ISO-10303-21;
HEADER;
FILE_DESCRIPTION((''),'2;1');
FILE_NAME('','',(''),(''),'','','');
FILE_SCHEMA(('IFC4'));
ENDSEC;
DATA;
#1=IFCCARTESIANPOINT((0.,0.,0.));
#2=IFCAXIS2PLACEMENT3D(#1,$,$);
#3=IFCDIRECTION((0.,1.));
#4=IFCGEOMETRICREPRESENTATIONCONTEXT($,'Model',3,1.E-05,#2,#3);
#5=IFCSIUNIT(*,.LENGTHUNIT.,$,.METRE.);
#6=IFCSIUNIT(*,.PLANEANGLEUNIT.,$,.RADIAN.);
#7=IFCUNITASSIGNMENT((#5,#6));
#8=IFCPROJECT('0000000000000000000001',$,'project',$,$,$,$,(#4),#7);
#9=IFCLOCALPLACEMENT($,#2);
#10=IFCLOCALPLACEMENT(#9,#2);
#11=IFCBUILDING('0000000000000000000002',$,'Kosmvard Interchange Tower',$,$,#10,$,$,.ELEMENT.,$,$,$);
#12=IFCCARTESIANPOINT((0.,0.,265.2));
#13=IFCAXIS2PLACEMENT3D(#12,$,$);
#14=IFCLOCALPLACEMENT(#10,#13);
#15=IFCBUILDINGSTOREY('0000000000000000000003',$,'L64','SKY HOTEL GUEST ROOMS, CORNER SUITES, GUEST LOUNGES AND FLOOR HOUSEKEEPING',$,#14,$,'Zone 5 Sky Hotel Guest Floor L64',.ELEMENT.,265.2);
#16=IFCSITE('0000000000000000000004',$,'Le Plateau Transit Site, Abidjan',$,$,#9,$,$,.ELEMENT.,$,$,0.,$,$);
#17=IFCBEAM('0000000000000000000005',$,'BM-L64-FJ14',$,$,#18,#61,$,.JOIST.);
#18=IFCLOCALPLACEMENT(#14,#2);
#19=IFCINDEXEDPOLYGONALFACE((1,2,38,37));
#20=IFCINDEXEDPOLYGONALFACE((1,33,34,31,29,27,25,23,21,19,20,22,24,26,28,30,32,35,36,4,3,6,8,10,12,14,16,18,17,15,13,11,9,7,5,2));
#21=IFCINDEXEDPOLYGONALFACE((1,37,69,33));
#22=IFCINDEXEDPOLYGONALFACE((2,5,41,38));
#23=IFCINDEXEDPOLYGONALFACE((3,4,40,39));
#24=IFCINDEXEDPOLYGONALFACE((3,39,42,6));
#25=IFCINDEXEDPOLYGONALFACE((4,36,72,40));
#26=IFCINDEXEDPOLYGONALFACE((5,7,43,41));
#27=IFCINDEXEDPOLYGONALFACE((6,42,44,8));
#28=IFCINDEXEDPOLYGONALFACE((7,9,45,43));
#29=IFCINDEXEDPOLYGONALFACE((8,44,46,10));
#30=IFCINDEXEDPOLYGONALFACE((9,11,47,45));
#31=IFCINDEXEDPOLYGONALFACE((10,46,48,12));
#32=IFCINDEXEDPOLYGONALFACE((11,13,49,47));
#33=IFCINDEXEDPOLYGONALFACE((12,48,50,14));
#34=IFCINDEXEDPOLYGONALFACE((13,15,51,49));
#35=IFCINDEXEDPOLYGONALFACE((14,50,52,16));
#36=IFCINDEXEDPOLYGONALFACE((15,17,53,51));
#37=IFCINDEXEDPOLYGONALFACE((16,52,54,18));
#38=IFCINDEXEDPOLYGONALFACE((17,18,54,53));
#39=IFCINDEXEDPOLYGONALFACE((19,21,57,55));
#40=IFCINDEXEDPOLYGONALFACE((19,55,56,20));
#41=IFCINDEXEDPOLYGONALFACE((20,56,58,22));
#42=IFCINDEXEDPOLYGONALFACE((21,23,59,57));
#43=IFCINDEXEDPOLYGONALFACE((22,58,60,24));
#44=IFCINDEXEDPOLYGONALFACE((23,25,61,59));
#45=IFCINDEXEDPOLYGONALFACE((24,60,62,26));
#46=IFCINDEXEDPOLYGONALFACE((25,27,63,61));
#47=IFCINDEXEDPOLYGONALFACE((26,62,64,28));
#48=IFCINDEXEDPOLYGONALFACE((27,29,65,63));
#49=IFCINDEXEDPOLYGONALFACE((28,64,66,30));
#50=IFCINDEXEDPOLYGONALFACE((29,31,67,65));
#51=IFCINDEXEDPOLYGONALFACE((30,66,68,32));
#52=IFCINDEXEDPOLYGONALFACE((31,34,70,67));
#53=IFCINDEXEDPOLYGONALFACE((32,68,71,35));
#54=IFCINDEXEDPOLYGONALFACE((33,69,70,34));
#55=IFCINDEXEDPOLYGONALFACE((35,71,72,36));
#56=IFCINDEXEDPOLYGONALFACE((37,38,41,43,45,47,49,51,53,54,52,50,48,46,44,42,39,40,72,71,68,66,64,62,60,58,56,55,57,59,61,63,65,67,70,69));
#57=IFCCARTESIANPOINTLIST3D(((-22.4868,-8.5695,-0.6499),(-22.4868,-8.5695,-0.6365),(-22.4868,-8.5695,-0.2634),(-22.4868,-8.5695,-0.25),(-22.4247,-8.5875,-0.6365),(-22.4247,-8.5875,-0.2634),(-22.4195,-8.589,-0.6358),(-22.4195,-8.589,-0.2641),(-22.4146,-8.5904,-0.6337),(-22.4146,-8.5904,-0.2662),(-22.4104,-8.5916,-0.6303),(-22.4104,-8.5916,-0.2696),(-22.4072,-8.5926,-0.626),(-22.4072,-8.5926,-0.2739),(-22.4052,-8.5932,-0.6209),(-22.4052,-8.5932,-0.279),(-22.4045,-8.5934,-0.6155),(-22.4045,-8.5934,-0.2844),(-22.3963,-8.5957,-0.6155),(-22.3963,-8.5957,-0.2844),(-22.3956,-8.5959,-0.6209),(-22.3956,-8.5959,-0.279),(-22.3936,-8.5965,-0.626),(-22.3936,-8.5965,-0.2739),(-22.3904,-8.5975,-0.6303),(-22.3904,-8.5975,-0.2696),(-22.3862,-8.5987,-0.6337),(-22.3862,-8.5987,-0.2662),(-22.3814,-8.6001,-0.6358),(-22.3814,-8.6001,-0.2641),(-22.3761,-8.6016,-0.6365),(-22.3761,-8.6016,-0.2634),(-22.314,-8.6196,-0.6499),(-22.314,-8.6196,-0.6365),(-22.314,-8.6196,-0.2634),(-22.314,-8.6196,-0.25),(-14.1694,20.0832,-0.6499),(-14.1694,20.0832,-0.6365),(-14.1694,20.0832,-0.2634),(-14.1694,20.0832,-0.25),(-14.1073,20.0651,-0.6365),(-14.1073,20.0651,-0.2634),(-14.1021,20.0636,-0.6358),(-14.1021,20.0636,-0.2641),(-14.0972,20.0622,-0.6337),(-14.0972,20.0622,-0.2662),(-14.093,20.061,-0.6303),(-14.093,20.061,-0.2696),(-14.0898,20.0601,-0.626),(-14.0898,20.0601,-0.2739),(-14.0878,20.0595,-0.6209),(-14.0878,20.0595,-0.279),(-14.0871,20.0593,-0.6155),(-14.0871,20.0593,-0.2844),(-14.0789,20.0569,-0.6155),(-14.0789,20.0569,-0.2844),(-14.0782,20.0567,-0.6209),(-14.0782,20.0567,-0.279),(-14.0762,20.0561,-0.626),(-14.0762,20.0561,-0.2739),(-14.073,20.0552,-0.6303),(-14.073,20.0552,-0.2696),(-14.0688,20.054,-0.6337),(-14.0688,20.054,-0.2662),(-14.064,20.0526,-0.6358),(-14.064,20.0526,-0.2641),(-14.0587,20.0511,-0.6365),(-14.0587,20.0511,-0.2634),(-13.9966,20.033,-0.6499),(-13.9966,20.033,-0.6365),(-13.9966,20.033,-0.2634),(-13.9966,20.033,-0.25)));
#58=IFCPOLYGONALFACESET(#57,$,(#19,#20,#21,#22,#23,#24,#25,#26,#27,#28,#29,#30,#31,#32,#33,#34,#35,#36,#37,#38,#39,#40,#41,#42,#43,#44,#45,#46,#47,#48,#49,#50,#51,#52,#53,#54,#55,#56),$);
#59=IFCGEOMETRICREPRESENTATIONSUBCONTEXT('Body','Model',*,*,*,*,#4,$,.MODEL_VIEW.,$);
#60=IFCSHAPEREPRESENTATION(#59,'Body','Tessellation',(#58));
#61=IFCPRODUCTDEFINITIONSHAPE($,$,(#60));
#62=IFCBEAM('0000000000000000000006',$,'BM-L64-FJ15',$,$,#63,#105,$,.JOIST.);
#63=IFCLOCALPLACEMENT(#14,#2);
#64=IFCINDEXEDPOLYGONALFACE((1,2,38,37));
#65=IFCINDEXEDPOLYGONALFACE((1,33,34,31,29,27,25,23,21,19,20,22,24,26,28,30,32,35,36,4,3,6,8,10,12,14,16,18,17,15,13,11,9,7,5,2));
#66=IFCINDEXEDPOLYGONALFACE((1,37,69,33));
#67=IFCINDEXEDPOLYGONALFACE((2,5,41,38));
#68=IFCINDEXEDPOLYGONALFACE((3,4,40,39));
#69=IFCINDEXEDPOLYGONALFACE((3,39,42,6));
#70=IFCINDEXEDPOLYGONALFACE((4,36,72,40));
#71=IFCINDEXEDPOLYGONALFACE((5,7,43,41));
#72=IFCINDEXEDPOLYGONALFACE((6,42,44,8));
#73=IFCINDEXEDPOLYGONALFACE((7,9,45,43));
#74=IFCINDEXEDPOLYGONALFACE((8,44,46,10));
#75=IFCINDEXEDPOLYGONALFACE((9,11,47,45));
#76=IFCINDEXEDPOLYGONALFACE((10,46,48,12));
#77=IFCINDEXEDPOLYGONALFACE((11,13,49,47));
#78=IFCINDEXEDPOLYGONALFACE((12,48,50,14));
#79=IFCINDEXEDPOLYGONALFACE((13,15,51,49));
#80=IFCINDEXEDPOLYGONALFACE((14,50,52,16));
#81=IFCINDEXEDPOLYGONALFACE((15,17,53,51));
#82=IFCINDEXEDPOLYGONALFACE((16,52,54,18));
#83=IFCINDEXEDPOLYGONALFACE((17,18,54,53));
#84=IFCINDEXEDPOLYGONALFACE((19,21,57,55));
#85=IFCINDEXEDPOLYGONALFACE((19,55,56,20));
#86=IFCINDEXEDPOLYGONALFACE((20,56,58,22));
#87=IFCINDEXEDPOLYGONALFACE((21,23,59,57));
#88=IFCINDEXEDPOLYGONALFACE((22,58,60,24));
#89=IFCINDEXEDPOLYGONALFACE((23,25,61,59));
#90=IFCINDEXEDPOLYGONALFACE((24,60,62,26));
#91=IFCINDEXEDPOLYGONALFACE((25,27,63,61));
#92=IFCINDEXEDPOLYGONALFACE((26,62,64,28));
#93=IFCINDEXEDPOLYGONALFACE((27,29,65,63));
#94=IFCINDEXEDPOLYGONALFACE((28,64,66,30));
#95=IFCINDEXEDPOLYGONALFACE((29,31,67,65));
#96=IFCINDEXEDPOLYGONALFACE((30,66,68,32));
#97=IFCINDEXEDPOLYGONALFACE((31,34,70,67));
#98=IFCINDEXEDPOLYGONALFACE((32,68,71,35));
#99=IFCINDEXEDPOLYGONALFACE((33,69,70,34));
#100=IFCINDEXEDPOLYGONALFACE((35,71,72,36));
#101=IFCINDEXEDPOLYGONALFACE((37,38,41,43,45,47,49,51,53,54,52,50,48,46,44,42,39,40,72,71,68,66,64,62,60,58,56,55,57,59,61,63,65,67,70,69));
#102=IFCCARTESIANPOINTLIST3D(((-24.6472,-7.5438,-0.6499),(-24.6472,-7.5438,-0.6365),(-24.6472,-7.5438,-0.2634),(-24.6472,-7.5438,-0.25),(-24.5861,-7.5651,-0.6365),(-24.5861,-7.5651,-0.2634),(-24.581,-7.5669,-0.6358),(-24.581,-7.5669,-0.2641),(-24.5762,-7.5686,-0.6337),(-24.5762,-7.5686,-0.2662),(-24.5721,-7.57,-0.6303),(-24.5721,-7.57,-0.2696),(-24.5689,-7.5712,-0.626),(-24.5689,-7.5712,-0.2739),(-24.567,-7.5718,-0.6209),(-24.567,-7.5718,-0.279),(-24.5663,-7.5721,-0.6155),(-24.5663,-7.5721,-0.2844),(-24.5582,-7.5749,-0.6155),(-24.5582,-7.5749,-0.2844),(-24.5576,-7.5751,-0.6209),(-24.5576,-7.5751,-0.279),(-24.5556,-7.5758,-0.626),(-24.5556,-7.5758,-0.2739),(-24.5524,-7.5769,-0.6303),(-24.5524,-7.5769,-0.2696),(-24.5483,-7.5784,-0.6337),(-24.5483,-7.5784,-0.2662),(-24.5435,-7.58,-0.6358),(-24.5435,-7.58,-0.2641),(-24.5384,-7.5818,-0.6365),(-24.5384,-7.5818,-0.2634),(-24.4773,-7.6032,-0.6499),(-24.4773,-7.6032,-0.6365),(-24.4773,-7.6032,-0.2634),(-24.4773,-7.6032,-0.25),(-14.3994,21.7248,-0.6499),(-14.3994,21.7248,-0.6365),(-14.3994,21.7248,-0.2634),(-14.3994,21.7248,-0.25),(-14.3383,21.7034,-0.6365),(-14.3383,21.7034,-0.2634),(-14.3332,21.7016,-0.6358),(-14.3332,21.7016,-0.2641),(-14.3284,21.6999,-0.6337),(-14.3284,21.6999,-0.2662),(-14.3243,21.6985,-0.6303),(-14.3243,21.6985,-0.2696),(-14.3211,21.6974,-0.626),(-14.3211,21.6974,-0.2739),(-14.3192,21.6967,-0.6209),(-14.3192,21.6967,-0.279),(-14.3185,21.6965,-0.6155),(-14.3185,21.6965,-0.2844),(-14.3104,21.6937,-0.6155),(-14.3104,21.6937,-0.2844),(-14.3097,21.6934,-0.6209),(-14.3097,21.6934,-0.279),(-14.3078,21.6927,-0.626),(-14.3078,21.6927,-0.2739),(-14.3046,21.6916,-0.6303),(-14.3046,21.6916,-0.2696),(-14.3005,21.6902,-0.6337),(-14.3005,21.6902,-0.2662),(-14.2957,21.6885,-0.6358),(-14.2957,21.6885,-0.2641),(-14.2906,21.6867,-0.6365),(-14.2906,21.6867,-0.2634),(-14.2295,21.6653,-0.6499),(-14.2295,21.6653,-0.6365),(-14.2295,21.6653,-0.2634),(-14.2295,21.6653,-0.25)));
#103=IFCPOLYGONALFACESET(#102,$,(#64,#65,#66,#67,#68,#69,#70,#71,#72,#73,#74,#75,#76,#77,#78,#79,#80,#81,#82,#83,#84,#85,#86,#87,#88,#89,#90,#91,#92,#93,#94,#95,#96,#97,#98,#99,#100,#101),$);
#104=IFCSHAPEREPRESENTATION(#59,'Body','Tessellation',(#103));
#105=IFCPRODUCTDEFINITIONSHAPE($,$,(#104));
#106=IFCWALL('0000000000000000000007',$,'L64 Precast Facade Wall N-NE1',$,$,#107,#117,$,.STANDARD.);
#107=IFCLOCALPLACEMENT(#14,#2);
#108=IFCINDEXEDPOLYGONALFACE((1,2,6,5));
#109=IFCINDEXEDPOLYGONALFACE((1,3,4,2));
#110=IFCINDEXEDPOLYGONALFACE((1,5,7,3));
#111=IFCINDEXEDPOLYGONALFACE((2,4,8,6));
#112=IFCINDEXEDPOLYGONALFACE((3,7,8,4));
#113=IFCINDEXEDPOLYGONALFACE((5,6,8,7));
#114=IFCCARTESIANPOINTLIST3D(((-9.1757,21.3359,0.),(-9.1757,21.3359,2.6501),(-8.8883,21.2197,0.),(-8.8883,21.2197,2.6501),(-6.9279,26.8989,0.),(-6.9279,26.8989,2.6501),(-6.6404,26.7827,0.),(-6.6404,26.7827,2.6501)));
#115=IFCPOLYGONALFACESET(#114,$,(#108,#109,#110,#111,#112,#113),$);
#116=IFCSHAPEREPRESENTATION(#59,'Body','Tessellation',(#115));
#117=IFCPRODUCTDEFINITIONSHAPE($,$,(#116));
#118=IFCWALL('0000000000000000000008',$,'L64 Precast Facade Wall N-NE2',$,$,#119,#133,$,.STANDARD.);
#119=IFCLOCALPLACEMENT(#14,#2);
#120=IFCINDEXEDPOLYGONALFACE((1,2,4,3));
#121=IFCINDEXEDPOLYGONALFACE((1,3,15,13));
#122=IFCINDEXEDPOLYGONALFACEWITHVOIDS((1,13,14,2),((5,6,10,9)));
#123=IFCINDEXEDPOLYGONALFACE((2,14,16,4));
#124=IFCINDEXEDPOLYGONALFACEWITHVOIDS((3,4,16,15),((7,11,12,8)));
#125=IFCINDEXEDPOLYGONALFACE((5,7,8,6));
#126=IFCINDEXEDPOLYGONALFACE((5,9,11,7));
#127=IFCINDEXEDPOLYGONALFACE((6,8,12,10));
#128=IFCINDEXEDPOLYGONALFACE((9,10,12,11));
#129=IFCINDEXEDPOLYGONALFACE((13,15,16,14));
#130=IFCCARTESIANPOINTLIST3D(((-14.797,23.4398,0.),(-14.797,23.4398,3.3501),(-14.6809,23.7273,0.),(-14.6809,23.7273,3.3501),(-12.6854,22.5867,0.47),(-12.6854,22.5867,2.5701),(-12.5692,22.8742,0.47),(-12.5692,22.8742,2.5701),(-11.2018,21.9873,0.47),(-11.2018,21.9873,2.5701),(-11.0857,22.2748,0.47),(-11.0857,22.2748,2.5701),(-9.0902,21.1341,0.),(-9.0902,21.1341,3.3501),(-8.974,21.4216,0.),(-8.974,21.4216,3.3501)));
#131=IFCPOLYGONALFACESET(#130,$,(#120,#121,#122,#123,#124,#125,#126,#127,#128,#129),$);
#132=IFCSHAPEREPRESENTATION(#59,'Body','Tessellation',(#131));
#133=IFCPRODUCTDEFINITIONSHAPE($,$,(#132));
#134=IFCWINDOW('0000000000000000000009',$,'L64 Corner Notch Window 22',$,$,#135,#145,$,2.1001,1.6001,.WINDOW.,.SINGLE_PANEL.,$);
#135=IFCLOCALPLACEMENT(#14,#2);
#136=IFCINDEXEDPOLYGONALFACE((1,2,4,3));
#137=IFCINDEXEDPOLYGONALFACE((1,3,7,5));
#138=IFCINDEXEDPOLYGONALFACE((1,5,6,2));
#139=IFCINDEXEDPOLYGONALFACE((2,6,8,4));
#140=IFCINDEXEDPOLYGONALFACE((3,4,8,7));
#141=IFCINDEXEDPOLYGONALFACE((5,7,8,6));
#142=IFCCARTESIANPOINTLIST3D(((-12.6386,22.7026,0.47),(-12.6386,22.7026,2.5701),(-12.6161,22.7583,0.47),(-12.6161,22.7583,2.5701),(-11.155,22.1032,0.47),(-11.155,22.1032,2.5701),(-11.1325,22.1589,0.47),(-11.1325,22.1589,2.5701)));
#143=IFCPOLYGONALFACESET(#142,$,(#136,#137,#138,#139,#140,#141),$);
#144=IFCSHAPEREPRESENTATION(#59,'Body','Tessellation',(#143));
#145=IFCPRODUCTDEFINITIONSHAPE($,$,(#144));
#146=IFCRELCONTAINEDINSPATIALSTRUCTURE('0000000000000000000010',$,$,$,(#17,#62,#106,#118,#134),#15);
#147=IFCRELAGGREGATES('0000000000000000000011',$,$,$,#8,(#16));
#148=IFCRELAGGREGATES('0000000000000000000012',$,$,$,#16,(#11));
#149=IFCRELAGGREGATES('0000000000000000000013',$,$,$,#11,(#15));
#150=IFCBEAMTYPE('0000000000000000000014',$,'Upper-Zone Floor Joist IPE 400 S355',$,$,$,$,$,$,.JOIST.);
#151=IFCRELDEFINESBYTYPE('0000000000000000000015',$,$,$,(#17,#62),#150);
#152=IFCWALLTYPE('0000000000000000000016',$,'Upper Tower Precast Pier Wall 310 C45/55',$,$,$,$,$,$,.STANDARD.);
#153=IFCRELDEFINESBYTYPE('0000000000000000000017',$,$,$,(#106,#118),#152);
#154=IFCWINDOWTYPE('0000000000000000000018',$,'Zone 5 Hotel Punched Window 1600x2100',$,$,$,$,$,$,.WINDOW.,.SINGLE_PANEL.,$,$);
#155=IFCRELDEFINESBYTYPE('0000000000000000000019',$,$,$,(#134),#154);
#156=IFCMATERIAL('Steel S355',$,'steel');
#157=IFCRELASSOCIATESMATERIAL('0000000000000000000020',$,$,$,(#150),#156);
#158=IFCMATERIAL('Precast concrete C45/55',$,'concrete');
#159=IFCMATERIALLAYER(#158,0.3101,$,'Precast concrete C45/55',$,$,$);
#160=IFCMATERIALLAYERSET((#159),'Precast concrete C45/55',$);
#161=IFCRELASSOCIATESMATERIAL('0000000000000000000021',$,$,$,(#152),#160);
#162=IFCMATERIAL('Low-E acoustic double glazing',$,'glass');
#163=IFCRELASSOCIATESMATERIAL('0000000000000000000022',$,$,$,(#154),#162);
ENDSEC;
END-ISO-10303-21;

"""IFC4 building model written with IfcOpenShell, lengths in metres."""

from ifc_helpers import new_model, si_unit, direction, frame, frame_2d, origin, origin_2d, place, context, subcontext, project, spatial, rectangle, i_section, extrude, source, transform, mapped, material, layer, layer_set, material_profile, profile_set, type_object, element, fill, save


model = new_model("IFC4")

# Units and contexts
model_context = context("Model", 3, precision=1e-05, world=origin(), true_north=direction((0.0, 1.0)))
body_context = subcontext(model_context, "Body", "Model", "MODEL_VIEW")
ifc_project = project(units=[si_unit("LENGTHUNIT", "METRE"), si_unit("PLANEANGLEUNIT", "RADIAN")], contexts=[model_context])

# Site, building, storey
site_placement = place(None, origin())
site = spatial("IfcSite", under=ifc_project, at=site_placement, Name="Le Plateau Transit Site, Abidjan", CompositionType="ELEMENT", RefElevation=0.0)
building_placement = place(site_placement, origin())
building = spatial("IfcBuilding", under=site, at=building_placement, Name="Kosmvard Interchange Tower", CompositionType="ELEMENT")
storey_placement = place(building_placement, frame((0.0, 0.0, 265.2)))
storey = spatial("IfcBuildingStorey", under=building, at=storey_placement, Name="L64", Description="SKY HOTEL GUEST ROOMS, CORNER SUITES, GUEST LOUNGES AND FLOOR HOUSEKEEPING", LongName="Zone 5 Sky Hotel Guest Floor L64", CompositionType="ELEMENT", Elevation=265.2)

# Beams
ifc_material_1 = material(Name="Steel S355", Category="steel")
ifc_material_2 = material(Name="Precast concrete C45/55", Category="concrete")
ifc_material_profile_1 = material_profile(ifc_material_1, i_section(OverallWidth=0.1799, OverallDepth=0.3999, WebThickness=0.0085, FlangeThickness=0.0134, FilletRadius=0.021, at=origin_2d()), Name="IPE 400")
ifc_profile_set_1 = profile_set([ifc_material_profile_1], Name="Steel S355")
beam_type_1 = type_object("IfcBeamType", Name="Upper-Zone Floor Joist IPE 400 S355", PredefinedType="JOIST", material=ifc_profile_set_1)
shared_shape_1 = source(origin(), body_context, "Body", "SweptSolid", [
    extrude(i_section(OverallWidth=0.1799, OverallDepth=0.3999, WebThickness=0.0085, FlangeThickness=0.0134, FilletRadius=0.021, at=origin_2d()), origin(), (0.0, 0.0, 1.0), 29.8354),
])
beam_1_placement = place(storey_placement, frame((-14.083, 20.0581, -0.45), z_axis=(-0.278776, -0.960356, 0.0), x_axis=(0.960356, -0.278776, 0.0)))
element("IfcBeam", 1, at=beam_1_placement, inside=storey, type_object=beam_type_1, Name="BM-L64-FJ14", PredefinedType="JOIST", context=body_context, shape_type="MappedRepresentation", body=[
    mapped(shared_shape_1, transform((0.0, 0.0, 0.0), scale=1.0)),
])
shared_shape_2 = source(origin(), body_context, "Body", "SweptSolid", [
    extrude(i_section(OverallWidth=0.1799, OverallDepth=0.3999, WebThickness=0.0085, FlangeThickness=0.0134, FilletRadius=0.021, at=origin_2d()), origin(), (0.0, 0.0, 1.0), 31.0107),
])
beam_2_placement = place(storey_placement, frame((-14.3145, 21.6951, -0.45), z_axis=(-0.33046, -0.94382, 0.0), x_axis=(0.94382, -0.33046, 0.0)))
element("IfcBeam", 2, at=beam_2_placement, inside=storey, type_object=beam_type_1, Name="BM-L64-FJ15", PredefinedType="JOIST", context=body_context, shape_type="MappedRepresentation", body=[
    mapped(shared_shape_2, transform((0.0, 0.0, 0.0), scale=1.0)),
])

# Wall
ifc_layer_1 = layer(ifc_material_2, 0.3101, Name="Precast concrete C45/55")
ifc_layer_set_1 = layer_set([ifc_layer_1], Name="Precast concrete C45/55")
wall_type_1 = type_object("IfcWallType", Name="Upper Tower Precast Pier Wall 310 C45/55", PredefinedType="STANDARD", material=ifc_layer_set_1)
wall_1_placement = place(storey_placement, frame((-6.7842, 26.8408, 0.0), z_axis=(0.0, 0.0, 1.0), x_axis=(-0.374637, -0.927172, 0.0)))
element("IfcWall", 3, at=wall_1_placement, inside=storey, type_object=wall_type_1, Name="L64 Precast Facade Wall N-NE1", PredefinedType="STANDARD", context=body_context, shape_type="SweptSolid", body=[
    extrude(rectangle(XDim=6.0, YDim=0.3101, at=frame_2d((3.0, 0.0))), origin(), (0.0, 0.0, 1.0), 2.6501),
])

# Wall, opening, window
wall_2_placement = place(storey_placement, frame((-9.032, 21.2778, 0.0), z_axis=(0.0, 0.0, 1.0), x_axis=(-0.927185, 0.374603, 0.0)))
wall_2 = element("IfcWall", 4, at=wall_2_placement, inside=storey, type_object=wall_type_1, Name="L64 Precast Facade Wall N-NE2", PredefinedType="STANDARD", context=body_context, shape_type="SweptSolid", body=[
    extrude(rectangle(XDim=6.155, YDim=0.3101, at=frame_2d((3.0776, 0.0))), origin(), (0.0, 0.0, 1.0), 3.3501),
])
opening_1_placement = place(wall_2_placement, frame((2.2776, 0.0, 0.47)))
opening_1 = element("IfcOpeningElement", 5, at=opening_1_placement, cuts=wall_2, PredefinedType="OPENING", context=body_context, shape_type="SweptSolid", body=[
    extrude(rectangle(XDim=1.6001, YDim=2.1001, at=frame_2d((0.8, 1.05))), frame((0.0, 0.165, 0.0), z_axis=(0.0, -1.0, 0.0), x_axis=(1.0, 0.0, 0.0)), (0.0, 0.0, 1.0), 0.3301),
])
ifc_material_3 = material(Name="Low-E acoustic double glazing", Category="glass")
window_type = type_object("IfcWindowType", Name="Zone 5 Hotel Punched Window 1600x2100", PartitioningType="SINGLE_PANEL", PredefinedType="WINDOW", material=ifc_material_3)
shared_shape_3 = source(origin(), body_context, "Body", "SweptSolid", [
    extrude(rectangle(XDim=1.6001, YDim=2.1001, at=frame_2d((0.8, 1.05))), frame((0.0, 0.03, 0.0), z_axis=(0.0, -1.0, 0.0), x_axis=(1.0, 0.0, 0.0)), (0.0, 0.0, 1.0), 0.0601),
])
window_1_placement = place(opening_1_placement, origin())
window_1 = element("IfcWindow", 6, at=window_1_placement, inside=storey, type_object=window_type, Name="L64 Corner Notch Window 22", OverallHeight=2.1001, OverallWidth=1.6001, PartitioningType="SINGLE_PANEL", PredefinedType="WINDOW", context=body_context, shape_type="MappedRepresentation", body=[
    mapped(shared_shape_3, transform((0.0, 0.0, 0.0), scale=1.0)),
])
fill(opening_1, window_1)

save(model, "model.ifc")
